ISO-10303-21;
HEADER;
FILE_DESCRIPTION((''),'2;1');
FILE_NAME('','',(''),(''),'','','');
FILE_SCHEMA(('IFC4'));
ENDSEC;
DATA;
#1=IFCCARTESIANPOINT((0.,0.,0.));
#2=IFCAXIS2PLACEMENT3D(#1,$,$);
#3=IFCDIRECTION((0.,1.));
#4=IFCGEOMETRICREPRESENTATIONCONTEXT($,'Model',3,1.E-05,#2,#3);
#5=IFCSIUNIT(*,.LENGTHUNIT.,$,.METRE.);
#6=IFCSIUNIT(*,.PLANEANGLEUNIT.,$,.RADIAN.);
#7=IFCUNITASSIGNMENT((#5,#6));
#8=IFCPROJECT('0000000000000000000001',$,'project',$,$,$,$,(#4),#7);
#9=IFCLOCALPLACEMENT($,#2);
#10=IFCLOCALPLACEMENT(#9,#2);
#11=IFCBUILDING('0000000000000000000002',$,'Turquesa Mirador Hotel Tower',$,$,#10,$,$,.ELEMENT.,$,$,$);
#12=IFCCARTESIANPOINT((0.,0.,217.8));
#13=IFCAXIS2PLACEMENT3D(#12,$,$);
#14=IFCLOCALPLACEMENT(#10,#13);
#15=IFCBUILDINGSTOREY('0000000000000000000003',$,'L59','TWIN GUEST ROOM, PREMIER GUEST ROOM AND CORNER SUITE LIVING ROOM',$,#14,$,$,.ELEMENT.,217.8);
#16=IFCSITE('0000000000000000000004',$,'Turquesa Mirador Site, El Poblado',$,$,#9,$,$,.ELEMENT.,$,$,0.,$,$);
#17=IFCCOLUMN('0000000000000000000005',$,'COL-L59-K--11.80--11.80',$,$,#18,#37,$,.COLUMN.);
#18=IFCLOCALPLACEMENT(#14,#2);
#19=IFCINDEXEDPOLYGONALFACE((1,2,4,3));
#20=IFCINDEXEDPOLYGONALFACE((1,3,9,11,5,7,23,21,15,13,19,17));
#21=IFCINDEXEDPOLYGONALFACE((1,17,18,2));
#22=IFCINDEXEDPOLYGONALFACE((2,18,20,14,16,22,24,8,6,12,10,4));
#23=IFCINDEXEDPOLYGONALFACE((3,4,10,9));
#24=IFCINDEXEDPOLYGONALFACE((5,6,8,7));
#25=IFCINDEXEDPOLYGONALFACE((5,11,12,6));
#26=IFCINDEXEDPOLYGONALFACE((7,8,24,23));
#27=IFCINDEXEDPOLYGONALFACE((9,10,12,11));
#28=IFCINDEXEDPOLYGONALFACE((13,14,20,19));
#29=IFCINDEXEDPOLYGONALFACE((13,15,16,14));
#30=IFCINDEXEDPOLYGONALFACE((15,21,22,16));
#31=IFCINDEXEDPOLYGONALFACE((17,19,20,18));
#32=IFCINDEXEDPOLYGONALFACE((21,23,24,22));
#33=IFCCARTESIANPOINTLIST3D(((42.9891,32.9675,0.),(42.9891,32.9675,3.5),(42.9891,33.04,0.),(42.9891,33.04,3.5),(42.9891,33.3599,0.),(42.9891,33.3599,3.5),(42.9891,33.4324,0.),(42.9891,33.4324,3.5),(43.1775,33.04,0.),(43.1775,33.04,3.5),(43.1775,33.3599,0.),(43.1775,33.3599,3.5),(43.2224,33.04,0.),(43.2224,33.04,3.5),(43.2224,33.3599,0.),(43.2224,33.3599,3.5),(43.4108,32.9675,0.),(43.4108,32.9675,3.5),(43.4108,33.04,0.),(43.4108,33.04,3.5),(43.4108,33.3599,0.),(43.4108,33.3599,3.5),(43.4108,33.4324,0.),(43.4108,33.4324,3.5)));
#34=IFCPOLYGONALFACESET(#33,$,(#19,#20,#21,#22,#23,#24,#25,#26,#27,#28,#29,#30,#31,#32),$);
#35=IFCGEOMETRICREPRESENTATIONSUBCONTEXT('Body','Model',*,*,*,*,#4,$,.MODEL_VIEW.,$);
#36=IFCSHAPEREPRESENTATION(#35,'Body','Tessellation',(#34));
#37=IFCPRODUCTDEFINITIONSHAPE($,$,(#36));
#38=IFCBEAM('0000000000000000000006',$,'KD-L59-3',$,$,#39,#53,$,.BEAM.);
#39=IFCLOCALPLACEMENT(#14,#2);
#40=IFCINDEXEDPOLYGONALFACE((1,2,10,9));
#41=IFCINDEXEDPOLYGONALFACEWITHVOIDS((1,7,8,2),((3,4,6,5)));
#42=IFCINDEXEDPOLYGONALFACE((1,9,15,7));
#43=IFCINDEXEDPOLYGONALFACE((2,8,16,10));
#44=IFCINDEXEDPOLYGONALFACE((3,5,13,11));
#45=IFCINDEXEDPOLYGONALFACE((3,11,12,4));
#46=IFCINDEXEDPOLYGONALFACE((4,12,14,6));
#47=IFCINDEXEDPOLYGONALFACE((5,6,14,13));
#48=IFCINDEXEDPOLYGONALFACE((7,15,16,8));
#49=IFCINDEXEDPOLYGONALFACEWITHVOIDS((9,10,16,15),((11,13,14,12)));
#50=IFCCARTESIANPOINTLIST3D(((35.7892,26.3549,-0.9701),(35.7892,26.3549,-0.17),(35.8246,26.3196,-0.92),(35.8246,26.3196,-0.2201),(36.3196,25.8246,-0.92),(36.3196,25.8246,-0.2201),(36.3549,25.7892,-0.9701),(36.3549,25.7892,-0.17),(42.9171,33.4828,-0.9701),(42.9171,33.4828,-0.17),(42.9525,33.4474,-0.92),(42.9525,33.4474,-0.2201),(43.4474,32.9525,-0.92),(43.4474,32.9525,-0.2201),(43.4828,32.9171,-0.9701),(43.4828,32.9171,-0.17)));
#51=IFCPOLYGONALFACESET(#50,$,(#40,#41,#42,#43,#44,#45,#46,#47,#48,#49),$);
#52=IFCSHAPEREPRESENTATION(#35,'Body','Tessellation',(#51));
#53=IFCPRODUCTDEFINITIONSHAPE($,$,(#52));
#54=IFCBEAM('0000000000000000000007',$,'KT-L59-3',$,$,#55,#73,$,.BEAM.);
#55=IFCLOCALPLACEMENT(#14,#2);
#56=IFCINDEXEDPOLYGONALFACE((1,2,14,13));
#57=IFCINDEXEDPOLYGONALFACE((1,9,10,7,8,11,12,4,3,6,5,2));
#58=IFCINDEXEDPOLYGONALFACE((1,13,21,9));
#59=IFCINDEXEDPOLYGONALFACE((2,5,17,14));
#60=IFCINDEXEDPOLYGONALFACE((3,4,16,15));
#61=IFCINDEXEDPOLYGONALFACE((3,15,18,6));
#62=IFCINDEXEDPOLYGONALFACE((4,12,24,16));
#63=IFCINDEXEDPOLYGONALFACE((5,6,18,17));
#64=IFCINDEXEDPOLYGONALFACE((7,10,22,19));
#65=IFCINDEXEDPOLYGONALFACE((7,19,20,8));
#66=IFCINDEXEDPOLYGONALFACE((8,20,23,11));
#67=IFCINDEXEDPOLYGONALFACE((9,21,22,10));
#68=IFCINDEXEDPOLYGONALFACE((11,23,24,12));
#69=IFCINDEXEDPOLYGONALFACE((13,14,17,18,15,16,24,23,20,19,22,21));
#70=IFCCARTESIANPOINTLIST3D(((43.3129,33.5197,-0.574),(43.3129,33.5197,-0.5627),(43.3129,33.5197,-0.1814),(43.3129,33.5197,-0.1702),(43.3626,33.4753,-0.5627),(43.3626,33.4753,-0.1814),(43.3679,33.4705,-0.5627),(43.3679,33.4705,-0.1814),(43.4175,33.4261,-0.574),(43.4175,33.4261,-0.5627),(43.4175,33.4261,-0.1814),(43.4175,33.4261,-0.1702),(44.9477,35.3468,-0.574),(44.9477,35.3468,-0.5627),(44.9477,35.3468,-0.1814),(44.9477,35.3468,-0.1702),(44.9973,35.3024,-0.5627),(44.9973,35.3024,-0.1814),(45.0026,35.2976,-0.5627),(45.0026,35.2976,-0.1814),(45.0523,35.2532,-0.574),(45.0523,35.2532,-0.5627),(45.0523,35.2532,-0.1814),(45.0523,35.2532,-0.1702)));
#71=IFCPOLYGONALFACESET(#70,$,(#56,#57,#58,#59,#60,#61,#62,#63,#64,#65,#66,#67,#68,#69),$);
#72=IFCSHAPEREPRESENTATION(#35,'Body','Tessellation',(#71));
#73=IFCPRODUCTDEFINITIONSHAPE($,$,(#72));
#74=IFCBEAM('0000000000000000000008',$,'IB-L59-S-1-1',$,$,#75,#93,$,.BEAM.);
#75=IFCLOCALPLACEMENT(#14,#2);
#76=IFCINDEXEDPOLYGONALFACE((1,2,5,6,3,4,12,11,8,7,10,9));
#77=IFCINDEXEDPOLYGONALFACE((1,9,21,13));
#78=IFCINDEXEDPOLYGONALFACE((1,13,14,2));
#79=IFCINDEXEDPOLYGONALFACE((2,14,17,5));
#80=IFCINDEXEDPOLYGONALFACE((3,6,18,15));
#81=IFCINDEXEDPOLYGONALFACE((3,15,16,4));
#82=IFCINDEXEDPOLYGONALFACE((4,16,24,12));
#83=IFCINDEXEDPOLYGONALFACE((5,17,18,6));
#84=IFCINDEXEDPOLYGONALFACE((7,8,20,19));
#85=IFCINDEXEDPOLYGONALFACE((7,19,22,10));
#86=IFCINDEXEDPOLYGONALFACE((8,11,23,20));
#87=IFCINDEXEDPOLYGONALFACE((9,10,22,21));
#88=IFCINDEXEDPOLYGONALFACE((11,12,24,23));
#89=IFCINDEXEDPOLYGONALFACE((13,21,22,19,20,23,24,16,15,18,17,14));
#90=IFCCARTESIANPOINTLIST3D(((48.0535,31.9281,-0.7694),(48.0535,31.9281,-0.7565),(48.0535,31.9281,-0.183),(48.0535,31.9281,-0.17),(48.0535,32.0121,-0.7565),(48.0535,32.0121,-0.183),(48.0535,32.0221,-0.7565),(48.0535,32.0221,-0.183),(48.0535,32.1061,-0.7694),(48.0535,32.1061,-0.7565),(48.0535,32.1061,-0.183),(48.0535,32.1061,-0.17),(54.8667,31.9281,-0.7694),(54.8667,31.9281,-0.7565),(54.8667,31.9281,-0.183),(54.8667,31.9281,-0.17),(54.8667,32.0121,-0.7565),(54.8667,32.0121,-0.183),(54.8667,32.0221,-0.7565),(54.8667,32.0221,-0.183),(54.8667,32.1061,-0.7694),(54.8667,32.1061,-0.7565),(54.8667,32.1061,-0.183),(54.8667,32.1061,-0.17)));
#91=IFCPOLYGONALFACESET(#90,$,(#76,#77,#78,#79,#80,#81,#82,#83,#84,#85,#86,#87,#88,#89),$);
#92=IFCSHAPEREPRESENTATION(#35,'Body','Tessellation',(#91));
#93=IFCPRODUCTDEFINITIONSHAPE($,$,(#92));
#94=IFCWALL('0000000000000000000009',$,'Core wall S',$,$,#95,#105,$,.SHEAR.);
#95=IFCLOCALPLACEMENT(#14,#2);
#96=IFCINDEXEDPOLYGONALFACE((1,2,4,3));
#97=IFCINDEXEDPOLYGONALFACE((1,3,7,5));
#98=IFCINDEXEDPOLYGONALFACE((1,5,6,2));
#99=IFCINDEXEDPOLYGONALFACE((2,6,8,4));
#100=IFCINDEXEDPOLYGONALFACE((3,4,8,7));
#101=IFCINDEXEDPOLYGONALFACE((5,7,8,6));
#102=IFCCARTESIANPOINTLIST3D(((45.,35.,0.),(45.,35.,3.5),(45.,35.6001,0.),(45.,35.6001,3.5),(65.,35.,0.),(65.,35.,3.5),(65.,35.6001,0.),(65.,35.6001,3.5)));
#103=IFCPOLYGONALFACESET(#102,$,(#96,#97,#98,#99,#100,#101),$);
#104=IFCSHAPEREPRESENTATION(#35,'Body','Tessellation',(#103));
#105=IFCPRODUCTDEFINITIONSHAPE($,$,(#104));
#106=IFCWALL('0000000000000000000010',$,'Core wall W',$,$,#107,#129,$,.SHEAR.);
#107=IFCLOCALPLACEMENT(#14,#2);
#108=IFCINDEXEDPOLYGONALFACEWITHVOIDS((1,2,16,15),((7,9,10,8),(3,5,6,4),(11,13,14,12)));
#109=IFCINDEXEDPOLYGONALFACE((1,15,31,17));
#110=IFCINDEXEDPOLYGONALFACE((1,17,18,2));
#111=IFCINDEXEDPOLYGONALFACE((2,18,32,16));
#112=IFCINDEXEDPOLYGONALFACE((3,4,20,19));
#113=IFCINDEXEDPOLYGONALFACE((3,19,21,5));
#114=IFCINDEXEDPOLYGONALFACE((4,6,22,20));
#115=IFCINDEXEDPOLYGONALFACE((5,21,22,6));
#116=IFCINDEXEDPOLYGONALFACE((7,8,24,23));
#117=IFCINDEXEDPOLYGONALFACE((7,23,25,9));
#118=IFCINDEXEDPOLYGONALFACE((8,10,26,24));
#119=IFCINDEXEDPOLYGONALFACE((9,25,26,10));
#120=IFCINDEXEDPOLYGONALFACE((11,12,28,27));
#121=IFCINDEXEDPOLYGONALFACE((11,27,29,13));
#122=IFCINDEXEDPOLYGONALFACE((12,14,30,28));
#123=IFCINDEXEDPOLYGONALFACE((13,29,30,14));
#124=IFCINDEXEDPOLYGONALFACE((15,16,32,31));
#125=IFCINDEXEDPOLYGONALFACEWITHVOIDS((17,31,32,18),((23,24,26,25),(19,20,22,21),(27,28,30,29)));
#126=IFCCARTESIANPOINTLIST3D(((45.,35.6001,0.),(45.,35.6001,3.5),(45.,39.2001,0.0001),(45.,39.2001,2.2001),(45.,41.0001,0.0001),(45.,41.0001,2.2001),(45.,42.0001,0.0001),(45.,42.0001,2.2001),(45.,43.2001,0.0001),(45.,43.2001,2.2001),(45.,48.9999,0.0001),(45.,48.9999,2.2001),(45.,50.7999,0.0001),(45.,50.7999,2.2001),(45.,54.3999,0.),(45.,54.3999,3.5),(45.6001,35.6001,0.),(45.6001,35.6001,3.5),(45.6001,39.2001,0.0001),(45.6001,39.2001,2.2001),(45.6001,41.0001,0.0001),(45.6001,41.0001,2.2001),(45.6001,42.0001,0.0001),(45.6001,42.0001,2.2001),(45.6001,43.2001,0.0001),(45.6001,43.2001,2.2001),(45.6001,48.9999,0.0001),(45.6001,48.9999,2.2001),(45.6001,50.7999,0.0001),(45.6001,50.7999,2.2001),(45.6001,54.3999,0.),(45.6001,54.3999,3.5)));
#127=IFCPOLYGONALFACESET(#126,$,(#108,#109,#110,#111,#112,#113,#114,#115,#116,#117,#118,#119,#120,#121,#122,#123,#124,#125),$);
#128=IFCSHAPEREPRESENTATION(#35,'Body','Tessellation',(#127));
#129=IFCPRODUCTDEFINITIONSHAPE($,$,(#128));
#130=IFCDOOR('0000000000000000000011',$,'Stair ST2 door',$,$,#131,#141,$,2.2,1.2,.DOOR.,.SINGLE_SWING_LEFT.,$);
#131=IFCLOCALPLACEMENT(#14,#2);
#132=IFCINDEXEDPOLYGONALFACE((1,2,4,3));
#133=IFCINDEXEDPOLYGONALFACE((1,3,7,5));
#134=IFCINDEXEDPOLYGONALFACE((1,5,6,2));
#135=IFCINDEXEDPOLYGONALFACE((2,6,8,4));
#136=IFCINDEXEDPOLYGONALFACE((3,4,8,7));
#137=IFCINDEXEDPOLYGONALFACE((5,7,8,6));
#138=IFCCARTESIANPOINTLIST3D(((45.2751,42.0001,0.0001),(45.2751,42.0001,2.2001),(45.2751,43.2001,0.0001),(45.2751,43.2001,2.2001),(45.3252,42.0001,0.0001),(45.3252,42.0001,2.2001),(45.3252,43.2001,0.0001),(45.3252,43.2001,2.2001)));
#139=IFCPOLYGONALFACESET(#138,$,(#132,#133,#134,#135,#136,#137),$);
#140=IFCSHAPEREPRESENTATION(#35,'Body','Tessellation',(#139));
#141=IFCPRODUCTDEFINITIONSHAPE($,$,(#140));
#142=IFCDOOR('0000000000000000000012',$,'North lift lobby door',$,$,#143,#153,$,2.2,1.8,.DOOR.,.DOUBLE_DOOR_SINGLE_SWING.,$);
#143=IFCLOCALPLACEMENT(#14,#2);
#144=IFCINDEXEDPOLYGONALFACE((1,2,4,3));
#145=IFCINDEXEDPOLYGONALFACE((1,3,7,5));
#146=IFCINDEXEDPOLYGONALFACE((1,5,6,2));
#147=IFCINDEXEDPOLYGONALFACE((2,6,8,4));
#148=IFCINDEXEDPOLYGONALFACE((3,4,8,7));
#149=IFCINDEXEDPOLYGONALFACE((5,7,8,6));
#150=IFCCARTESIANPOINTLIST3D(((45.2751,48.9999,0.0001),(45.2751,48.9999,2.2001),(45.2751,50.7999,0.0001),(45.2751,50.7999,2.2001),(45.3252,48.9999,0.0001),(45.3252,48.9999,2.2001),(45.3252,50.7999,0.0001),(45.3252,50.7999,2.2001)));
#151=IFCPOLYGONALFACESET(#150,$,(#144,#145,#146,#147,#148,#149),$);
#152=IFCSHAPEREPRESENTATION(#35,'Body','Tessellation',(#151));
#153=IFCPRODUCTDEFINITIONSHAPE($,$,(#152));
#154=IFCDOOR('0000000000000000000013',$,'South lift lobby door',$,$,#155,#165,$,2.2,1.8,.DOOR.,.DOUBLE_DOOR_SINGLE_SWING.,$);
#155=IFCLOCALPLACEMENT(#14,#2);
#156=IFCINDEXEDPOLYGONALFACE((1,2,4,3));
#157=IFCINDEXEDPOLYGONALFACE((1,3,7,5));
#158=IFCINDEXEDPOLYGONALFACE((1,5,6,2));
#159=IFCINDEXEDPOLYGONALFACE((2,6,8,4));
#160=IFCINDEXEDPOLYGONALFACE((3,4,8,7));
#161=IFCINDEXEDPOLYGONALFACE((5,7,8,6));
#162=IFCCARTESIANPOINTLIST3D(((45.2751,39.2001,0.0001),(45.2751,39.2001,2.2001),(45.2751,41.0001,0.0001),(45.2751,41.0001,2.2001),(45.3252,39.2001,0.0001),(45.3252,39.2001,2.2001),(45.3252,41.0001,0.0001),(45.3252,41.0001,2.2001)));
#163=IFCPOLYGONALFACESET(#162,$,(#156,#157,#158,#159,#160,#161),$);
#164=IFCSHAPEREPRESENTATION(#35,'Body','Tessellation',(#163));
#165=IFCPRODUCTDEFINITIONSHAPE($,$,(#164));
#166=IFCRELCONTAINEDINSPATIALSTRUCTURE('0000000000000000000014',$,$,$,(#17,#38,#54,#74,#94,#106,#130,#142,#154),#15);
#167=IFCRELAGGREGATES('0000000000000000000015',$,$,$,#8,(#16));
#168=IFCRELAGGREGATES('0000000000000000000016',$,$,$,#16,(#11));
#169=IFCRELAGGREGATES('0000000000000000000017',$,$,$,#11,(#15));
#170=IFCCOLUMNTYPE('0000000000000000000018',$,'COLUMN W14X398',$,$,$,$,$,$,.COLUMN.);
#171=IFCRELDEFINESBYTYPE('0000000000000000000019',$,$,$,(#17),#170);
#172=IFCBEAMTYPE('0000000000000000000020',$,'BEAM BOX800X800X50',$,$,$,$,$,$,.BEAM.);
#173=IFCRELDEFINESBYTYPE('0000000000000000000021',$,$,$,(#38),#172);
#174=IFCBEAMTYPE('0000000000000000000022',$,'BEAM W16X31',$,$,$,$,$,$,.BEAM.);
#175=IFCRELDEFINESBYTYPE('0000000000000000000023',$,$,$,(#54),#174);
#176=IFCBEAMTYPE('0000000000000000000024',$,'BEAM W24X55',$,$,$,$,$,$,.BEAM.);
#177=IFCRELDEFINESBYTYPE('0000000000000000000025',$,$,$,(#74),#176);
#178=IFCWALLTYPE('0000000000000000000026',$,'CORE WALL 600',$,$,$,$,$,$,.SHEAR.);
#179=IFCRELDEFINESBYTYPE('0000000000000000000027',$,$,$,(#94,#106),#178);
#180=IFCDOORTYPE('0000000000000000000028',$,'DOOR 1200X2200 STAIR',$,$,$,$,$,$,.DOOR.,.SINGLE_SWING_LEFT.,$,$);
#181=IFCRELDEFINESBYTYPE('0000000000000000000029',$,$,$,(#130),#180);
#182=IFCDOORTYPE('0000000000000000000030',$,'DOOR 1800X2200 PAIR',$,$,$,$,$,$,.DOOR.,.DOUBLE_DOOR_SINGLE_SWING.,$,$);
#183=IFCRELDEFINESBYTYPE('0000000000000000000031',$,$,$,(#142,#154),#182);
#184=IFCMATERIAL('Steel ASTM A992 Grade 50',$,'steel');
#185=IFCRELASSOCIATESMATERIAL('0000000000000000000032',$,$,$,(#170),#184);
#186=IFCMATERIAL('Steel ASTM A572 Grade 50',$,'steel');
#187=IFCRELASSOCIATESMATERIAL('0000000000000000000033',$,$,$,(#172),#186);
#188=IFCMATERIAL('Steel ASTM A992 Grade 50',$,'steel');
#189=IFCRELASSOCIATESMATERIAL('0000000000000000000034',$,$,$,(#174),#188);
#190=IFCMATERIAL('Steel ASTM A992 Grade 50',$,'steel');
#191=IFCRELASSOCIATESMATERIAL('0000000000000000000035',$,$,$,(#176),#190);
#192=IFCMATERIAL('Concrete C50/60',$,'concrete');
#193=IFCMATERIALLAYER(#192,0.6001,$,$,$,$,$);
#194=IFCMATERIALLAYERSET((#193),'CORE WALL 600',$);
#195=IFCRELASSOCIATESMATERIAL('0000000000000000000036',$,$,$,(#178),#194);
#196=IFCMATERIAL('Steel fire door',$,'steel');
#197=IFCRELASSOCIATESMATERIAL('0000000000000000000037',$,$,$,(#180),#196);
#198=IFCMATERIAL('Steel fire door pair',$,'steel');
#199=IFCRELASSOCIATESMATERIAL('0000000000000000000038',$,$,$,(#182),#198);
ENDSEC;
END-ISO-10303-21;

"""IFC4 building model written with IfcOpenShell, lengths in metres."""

from ifc_helpers import new_model, si_unit, direction, frame, frame_2d, origin, origin_2d, place, context, subcontext, project, spatial, rectangle, hollow_rectangle, i_section, extrude, material, layer, layer_set, material_profile, profile_set, type_object, element, fill, save


model = new_model("IFC4")

# Units and contexts
model_context = context("Model", 3, precision=1e-05, world=origin(), true_north=direction((0.0, 1.0)))
body_context = subcontext(model_context, "Body", "Model", "MODEL_VIEW")
ifc_project = project(units=[si_unit("LENGTHUNIT", "METRE"), si_unit("PLANEANGLEUNIT", "RADIAN")], contexts=[model_context])

# Site, building, storey
site_placement = place(None, origin())
site = spatial("IfcSite", under=ifc_project, at=site_placement, Name="Turquesa Mirador Site, El Poblado", CompositionType="ELEMENT", RefElevation=0.0)
building_placement = place(site_placement, origin())
building = spatial("IfcBuilding", under=site, at=building_placement, Name="Turquesa Mirador Hotel Tower", CompositionType="ELEMENT")
storey_placement = place(building_placement, frame((0.0, 0.0, 217.8)))
storey = spatial("IfcBuildingStorey", under=building, at=storey_placement, Name="L59", Description="TWIN GUEST ROOM, PREMIER GUEST ROOM AND CORNER SUITE LIVING ROOM", CompositionType="ELEMENT", Elevation=217.8)

# Column
ifc_material_1 = material(Name="Steel ASTM A992 Grade 50", Category="steel")
ifc_material_profile_1 = material_profile(ifc_material_1, i_section(OverallWidth=0.4216, OverallDepth=0.4648, WebThickness=0.0449, FlangeThickness=0.0725, at=origin_2d()), Name="W14X398")
ifc_profile_set_1 = profile_set([ifc_material_profile_1], Name="Steel ASTM A992 Grade 50")
column_type = type_object("IfcColumnType", Name="COLUMN W14X398", PredefinedType="COLUMN", material=ifc_profile_set_1)
column_placement = place(storey_placement, frame((43.2, 33.2, 0.0), z_axis=(0.0, 0.0, 1.0), x_axis=(1.0, 0.0, 0.0)))
element("IfcColumn", 1, at=column_placement, inside=storey, type_object=column_type, Name="COL-L59-K--11.80--11.80", PredefinedType="COLUMN", context=body_context, shape_type="SweptSolid", body=[
    extrude(i_section(OverallWidth=0.4216, OverallDepth=0.4648, WebThickness=0.0449, FlangeThickness=0.0725, at=origin_2d()), origin(), (0.0, 0.0, 1.0), 3.5),
])

# Beams
ifc_material_2 = material(Name="Steel ASTM A572 Grade 50", Category="steel")
ifc_material_profile_2 = material_profile(ifc_material_2, hollow_rectangle(XDim=0.8, YDim=0.8, WallThickness=0.05, at=origin_2d()), Name="BOX800X800X50")
ifc_profile_set_2 = profile_set([ifc_material_profile_2], Name="Steel ASTM A572 Grade 50")
beam_type_1 = type_object("IfcBeamType", Name="BEAM BOX800X800X50", PredefinedType="BEAM", material=ifc_profile_set_2)
beam_1_placement = place(storey_placement, frame((43.2, 33.2, -0.5701), z_axis=(-0.707107, -0.707107, 0.0), x_axis=(0.707107, -0.707107, 0.0)))
element("IfcBeam", 2, at=beam_1_placement, inside=storey, type_object=beam_type_1, Name="KD-L59-3", PredefinedType="BEAM", context=body_context, shape_type="SweptSolid", body=[
    extrude(hollow_rectangle(XDim=0.8, YDim=0.8, WallThickness=0.05, at=origin_2d()), origin(), (0.0, 0.0, 1.0), 10.0803),
])
ifc_material_3 = material(Name="Steel ASTM A992 Grade 50", Category="steel")
ifc_material_profile_3 = material_profile(ifc_material_3, i_section(OverallWidth=0.1404, OverallDepth=0.4038, WebThickness=0.0071, FlangeThickness=0.0112, at=origin_2d()), Name="W16X31")
ifc_profile_set_3 = profile_set([ifc_material_profile_3], Name="Steel ASTM A992 Grade 50")
beam_type_2 = type_object("IfcBeamType", Name="BEAM W16X31", PredefinedType="BEAM", material=ifc_profile_set_3)
beam_2_placement = place(storey_placement, frame((43.3652, 33.4729, -0.3721), z_axis=(0.666783, 0.745252, 0.0), x_axis=(-0.745252, 0.666783, 0.0)))
element("IfcBeam", 3, at=beam_2_placement, inside=storey, type_object=beam_type_2, Name="KT-L59-3", PredefinedType="BEAM", context=body_context, shape_type="SweptSolid", body=[
    extrude(i_section(OverallWidth=0.1404, OverallDepth=0.4038, WebThickness=0.0071, FlangeThickness=0.0112, at=origin_2d()), origin(), (0.0, 0.0, 1.0), 2.4517),
])
ifc_material_4 = material(Name="Steel ASTM A992 Grade 50", Category="steel")
ifc_material_profile_4 = material_profile(ifc_material_4, i_section(OverallWidth=0.178, OverallDepth=0.5994, WebThickness=0.01, FlangeThickness=0.0129, at=origin_2d()), Name="W24X55")
ifc_profile_set_4 = profile_set([ifc_material_profile_4], Name="Steel ASTM A992 Grade 50")
beam_type_3 = type_object("IfcBeamType", Name="BEAM W24X55", PredefinedType="BEAM", material=ifc_profile_set_4)
beam_3_placement = place(storey_placement, frame((48.0535, 32.0171, -0.4697), z_axis=(1.0, 0.0, 0.0), x_axis=(0.0, 1.0, 0.0)))
element("IfcBeam", 4, at=beam_3_placement, inside=storey, type_object=beam_type_3, Name="IB-L59-S-1-1", PredefinedType="BEAM", context=body_context, shape_type="SweptSolid", body=[
    extrude(i_section(OverallWidth=0.178, OverallDepth=0.5994, WebThickness=0.01, FlangeThickness=0.0129, at=origin_2d()), origin(), (0.0, 0.0, 1.0), 6.8132),
])

# Wall
ifc_material_5 = material(Name="Concrete C50/60", Category="concrete")
ifc_layer_1 = layer(ifc_material_5, 0.6001)
ifc_layer_set_1 = layer_set([ifc_layer_1], Name="CORE WALL 600")
wall_type_1 = type_object("IfcWallType", Name="CORE WALL 600", PredefinedType="SHEAR", material=ifc_layer_set_1)
wall_1_placement = place(storey_placement, frame((45.0, 35.3, 0.0), z_axis=(0.0, 0.0, 1.0), x_axis=(1.0, 0.0, 0.0)))
element("IfcWall", 5, at=wall_1_placement, inside=storey, type_object=wall_type_1, Name="Core wall S", PredefinedType="SHEAR", context=body_context, shape_type="SweptSolid", body=[
    extrude(rectangle(XDim=20.0, YDim=0.6001, at=frame_2d((10.0, 0.0))), origin(), (0.0, 0.0, 1.0), 3.5),
])

# Wall, openings, doors
wall_2_placement = place(storey_placement, frame((45.3, 35.6001, 0.0), z_axis=(0.0, 0.0, 1.0), x_axis=(0.0, 1.0, 0.0)))
wall_2 = element("IfcWall", 6, at=wall_2_placement, inside=storey, type_object=wall_type_1, Name="Core wall W", PredefinedType="SHEAR", context=body_context, shape_type="SweptSolid", body=[
    extrude(rectangle(XDim=18.7998, YDim=0.6001, at=frame_2d((9.3999, 0.0))), origin(), (0.0, 0.0, 1.0), 3.5),
])
opening_1_placement = place(wall_2_placement, frame((13.3999, 0.0, 0.0)))
opening_1 = element("IfcOpeningElement", 7, at=opening_1_placement, cuts=wall_2, PredefinedType="OPENING", context=body_context, shape_type="SweptSolid", body=[
    extrude(rectangle(XDim=1.8, YDim=2.2, at=frame_2d((0.8999, 1.1001))), frame((0.0, 0.3101, 0.0), z_axis=(0.0, -1.0, 0.0), x_axis=(1.0, 0.0, 0.0)), (0.0, 0.0, 1.0), 0.6201),
])
opening_2_placement = place(wall_2_placement, frame((3.6001, 0.0, 0.0)))
opening_2 = element("IfcOpeningElement", 8, at=opening_2_placement, cuts=wall_2, PredefinedType="OPENING", context=body_context, shape_type="SweptSolid", body=[
    extrude(rectangle(XDim=1.8, YDim=2.2, at=frame_2d((0.8999, 1.1001))), frame((0.0, 0.3101, 0.0), z_axis=(0.0, -1.0, 0.0), x_axis=(1.0, 0.0, 0.0)), (0.0, 0.0, 1.0), 0.6201),
])
opening_3_placement = place(wall_2_placement, frame((6.3999, 0.0, 0.0)))
opening_3 = element("IfcOpeningElement", 9, at=opening_3_placement, cuts=wall_2, PredefinedType="OPENING", context=body_context, shape_type="SweptSolid", body=[
    extrude(rectangle(XDim=1.2, YDim=2.2, at=frame_2d((0.6001, 1.1001))), frame((0.0, 0.3101, 0.0), z_axis=(0.0, -1.0, 0.0), x_axis=(1.0, 0.0, 0.0)), (0.0, 0.0, 1.0), 0.6201),
])
ifc_material_6 = material(Name="Steel fire door", Category="steel")
door_type_1 = type_object("IfcDoorType", Name="DOOR 1200X2200 STAIR", OperationType="SINGLE_SWING_LEFT", PredefinedType="DOOR", material=ifc_material_6)
door_1_placement = place(opening_3_placement, origin())
door_1 = element("IfcDoor", 10, at=door_1_placement, inside=storey, type_object=door_type_1, Name="Stair ST2 door", OperationType="SINGLE_SWING_LEFT", OverallHeight=2.2, OverallWidth=1.2, PredefinedType="DOOR", context=body_context, shape_type="SweptSolid", body=[
    extrude(rectangle(XDim=1.2, YDim=2.2, at=frame_2d((0.6001, 1.1001))), frame((0.0, 0.0249, 0.0), z_axis=(0.0, -1.0, 0.0), x_axis=(1.0, 0.0, 0.0)), (0.0, 0.0, 1.0), 0.05),
])
fill(opening_3, door_1)
ifc_material_7 = material(Name="Steel fire door pair", Category="steel")
door_type_2 = type_object("IfcDoorType", Name="DOOR 1800X2200 PAIR", OperationType="DOUBLE_DOOR_SINGLE_SWING", PredefinedType="DOOR", material=ifc_material_7)
door_2_placement = place(opening_1_placement, origin())
door_2 = element("IfcDoor", 11, at=door_2_placement, inside=storey, type_object=door_type_2, Name="North lift lobby door", OperationType="DOUBLE_DOOR_SINGLE_SWING", OverallHeight=2.2, OverallWidth=1.8, PredefinedType="DOOR", context=body_context, shape_type="SweptSolid", body=[
    extrude(rectangle(XDim=1.8, YDim=2.2, at=frame_2d((0.8999, 1.1001))), frame((0.0, 0.0249, 0.0), z_axis=(0.0, -1.0, 0.0), x_axis=(1.0, 0.0, 0.0)), (0.0, 0.0, 1.0), 0.05),
])
fill(opening_1, door_2)
door_3_placement = place(opening_2_placement, origin())
door_3 = element("IfcDoor", 12, at=door_3_placement, inside=storey, type_object=door_type_2, Name="South lift lobby door", OperationType="DOUBLE_DOOR_SINGLE_SWING", OverallHeight=2.2, OverallWidth=1.8, PredefinedType="DOOR", context=body_context, shape_type="SweptSolid", body=[
    extrude(rectangle(XDim=1.8, YDim=2.2, at=frame_2d((0.8999, 1.1001))), frame((0.0, 0.0249, 0.0), z_axis=(0.0, -1.0, 0.0), x_axis=(1.0, 0.0, 0.0)), (0.0, 0.0, 1.0), 0.05),
])
fill(opening_2, door_3)

save(model, "model.ifc")
